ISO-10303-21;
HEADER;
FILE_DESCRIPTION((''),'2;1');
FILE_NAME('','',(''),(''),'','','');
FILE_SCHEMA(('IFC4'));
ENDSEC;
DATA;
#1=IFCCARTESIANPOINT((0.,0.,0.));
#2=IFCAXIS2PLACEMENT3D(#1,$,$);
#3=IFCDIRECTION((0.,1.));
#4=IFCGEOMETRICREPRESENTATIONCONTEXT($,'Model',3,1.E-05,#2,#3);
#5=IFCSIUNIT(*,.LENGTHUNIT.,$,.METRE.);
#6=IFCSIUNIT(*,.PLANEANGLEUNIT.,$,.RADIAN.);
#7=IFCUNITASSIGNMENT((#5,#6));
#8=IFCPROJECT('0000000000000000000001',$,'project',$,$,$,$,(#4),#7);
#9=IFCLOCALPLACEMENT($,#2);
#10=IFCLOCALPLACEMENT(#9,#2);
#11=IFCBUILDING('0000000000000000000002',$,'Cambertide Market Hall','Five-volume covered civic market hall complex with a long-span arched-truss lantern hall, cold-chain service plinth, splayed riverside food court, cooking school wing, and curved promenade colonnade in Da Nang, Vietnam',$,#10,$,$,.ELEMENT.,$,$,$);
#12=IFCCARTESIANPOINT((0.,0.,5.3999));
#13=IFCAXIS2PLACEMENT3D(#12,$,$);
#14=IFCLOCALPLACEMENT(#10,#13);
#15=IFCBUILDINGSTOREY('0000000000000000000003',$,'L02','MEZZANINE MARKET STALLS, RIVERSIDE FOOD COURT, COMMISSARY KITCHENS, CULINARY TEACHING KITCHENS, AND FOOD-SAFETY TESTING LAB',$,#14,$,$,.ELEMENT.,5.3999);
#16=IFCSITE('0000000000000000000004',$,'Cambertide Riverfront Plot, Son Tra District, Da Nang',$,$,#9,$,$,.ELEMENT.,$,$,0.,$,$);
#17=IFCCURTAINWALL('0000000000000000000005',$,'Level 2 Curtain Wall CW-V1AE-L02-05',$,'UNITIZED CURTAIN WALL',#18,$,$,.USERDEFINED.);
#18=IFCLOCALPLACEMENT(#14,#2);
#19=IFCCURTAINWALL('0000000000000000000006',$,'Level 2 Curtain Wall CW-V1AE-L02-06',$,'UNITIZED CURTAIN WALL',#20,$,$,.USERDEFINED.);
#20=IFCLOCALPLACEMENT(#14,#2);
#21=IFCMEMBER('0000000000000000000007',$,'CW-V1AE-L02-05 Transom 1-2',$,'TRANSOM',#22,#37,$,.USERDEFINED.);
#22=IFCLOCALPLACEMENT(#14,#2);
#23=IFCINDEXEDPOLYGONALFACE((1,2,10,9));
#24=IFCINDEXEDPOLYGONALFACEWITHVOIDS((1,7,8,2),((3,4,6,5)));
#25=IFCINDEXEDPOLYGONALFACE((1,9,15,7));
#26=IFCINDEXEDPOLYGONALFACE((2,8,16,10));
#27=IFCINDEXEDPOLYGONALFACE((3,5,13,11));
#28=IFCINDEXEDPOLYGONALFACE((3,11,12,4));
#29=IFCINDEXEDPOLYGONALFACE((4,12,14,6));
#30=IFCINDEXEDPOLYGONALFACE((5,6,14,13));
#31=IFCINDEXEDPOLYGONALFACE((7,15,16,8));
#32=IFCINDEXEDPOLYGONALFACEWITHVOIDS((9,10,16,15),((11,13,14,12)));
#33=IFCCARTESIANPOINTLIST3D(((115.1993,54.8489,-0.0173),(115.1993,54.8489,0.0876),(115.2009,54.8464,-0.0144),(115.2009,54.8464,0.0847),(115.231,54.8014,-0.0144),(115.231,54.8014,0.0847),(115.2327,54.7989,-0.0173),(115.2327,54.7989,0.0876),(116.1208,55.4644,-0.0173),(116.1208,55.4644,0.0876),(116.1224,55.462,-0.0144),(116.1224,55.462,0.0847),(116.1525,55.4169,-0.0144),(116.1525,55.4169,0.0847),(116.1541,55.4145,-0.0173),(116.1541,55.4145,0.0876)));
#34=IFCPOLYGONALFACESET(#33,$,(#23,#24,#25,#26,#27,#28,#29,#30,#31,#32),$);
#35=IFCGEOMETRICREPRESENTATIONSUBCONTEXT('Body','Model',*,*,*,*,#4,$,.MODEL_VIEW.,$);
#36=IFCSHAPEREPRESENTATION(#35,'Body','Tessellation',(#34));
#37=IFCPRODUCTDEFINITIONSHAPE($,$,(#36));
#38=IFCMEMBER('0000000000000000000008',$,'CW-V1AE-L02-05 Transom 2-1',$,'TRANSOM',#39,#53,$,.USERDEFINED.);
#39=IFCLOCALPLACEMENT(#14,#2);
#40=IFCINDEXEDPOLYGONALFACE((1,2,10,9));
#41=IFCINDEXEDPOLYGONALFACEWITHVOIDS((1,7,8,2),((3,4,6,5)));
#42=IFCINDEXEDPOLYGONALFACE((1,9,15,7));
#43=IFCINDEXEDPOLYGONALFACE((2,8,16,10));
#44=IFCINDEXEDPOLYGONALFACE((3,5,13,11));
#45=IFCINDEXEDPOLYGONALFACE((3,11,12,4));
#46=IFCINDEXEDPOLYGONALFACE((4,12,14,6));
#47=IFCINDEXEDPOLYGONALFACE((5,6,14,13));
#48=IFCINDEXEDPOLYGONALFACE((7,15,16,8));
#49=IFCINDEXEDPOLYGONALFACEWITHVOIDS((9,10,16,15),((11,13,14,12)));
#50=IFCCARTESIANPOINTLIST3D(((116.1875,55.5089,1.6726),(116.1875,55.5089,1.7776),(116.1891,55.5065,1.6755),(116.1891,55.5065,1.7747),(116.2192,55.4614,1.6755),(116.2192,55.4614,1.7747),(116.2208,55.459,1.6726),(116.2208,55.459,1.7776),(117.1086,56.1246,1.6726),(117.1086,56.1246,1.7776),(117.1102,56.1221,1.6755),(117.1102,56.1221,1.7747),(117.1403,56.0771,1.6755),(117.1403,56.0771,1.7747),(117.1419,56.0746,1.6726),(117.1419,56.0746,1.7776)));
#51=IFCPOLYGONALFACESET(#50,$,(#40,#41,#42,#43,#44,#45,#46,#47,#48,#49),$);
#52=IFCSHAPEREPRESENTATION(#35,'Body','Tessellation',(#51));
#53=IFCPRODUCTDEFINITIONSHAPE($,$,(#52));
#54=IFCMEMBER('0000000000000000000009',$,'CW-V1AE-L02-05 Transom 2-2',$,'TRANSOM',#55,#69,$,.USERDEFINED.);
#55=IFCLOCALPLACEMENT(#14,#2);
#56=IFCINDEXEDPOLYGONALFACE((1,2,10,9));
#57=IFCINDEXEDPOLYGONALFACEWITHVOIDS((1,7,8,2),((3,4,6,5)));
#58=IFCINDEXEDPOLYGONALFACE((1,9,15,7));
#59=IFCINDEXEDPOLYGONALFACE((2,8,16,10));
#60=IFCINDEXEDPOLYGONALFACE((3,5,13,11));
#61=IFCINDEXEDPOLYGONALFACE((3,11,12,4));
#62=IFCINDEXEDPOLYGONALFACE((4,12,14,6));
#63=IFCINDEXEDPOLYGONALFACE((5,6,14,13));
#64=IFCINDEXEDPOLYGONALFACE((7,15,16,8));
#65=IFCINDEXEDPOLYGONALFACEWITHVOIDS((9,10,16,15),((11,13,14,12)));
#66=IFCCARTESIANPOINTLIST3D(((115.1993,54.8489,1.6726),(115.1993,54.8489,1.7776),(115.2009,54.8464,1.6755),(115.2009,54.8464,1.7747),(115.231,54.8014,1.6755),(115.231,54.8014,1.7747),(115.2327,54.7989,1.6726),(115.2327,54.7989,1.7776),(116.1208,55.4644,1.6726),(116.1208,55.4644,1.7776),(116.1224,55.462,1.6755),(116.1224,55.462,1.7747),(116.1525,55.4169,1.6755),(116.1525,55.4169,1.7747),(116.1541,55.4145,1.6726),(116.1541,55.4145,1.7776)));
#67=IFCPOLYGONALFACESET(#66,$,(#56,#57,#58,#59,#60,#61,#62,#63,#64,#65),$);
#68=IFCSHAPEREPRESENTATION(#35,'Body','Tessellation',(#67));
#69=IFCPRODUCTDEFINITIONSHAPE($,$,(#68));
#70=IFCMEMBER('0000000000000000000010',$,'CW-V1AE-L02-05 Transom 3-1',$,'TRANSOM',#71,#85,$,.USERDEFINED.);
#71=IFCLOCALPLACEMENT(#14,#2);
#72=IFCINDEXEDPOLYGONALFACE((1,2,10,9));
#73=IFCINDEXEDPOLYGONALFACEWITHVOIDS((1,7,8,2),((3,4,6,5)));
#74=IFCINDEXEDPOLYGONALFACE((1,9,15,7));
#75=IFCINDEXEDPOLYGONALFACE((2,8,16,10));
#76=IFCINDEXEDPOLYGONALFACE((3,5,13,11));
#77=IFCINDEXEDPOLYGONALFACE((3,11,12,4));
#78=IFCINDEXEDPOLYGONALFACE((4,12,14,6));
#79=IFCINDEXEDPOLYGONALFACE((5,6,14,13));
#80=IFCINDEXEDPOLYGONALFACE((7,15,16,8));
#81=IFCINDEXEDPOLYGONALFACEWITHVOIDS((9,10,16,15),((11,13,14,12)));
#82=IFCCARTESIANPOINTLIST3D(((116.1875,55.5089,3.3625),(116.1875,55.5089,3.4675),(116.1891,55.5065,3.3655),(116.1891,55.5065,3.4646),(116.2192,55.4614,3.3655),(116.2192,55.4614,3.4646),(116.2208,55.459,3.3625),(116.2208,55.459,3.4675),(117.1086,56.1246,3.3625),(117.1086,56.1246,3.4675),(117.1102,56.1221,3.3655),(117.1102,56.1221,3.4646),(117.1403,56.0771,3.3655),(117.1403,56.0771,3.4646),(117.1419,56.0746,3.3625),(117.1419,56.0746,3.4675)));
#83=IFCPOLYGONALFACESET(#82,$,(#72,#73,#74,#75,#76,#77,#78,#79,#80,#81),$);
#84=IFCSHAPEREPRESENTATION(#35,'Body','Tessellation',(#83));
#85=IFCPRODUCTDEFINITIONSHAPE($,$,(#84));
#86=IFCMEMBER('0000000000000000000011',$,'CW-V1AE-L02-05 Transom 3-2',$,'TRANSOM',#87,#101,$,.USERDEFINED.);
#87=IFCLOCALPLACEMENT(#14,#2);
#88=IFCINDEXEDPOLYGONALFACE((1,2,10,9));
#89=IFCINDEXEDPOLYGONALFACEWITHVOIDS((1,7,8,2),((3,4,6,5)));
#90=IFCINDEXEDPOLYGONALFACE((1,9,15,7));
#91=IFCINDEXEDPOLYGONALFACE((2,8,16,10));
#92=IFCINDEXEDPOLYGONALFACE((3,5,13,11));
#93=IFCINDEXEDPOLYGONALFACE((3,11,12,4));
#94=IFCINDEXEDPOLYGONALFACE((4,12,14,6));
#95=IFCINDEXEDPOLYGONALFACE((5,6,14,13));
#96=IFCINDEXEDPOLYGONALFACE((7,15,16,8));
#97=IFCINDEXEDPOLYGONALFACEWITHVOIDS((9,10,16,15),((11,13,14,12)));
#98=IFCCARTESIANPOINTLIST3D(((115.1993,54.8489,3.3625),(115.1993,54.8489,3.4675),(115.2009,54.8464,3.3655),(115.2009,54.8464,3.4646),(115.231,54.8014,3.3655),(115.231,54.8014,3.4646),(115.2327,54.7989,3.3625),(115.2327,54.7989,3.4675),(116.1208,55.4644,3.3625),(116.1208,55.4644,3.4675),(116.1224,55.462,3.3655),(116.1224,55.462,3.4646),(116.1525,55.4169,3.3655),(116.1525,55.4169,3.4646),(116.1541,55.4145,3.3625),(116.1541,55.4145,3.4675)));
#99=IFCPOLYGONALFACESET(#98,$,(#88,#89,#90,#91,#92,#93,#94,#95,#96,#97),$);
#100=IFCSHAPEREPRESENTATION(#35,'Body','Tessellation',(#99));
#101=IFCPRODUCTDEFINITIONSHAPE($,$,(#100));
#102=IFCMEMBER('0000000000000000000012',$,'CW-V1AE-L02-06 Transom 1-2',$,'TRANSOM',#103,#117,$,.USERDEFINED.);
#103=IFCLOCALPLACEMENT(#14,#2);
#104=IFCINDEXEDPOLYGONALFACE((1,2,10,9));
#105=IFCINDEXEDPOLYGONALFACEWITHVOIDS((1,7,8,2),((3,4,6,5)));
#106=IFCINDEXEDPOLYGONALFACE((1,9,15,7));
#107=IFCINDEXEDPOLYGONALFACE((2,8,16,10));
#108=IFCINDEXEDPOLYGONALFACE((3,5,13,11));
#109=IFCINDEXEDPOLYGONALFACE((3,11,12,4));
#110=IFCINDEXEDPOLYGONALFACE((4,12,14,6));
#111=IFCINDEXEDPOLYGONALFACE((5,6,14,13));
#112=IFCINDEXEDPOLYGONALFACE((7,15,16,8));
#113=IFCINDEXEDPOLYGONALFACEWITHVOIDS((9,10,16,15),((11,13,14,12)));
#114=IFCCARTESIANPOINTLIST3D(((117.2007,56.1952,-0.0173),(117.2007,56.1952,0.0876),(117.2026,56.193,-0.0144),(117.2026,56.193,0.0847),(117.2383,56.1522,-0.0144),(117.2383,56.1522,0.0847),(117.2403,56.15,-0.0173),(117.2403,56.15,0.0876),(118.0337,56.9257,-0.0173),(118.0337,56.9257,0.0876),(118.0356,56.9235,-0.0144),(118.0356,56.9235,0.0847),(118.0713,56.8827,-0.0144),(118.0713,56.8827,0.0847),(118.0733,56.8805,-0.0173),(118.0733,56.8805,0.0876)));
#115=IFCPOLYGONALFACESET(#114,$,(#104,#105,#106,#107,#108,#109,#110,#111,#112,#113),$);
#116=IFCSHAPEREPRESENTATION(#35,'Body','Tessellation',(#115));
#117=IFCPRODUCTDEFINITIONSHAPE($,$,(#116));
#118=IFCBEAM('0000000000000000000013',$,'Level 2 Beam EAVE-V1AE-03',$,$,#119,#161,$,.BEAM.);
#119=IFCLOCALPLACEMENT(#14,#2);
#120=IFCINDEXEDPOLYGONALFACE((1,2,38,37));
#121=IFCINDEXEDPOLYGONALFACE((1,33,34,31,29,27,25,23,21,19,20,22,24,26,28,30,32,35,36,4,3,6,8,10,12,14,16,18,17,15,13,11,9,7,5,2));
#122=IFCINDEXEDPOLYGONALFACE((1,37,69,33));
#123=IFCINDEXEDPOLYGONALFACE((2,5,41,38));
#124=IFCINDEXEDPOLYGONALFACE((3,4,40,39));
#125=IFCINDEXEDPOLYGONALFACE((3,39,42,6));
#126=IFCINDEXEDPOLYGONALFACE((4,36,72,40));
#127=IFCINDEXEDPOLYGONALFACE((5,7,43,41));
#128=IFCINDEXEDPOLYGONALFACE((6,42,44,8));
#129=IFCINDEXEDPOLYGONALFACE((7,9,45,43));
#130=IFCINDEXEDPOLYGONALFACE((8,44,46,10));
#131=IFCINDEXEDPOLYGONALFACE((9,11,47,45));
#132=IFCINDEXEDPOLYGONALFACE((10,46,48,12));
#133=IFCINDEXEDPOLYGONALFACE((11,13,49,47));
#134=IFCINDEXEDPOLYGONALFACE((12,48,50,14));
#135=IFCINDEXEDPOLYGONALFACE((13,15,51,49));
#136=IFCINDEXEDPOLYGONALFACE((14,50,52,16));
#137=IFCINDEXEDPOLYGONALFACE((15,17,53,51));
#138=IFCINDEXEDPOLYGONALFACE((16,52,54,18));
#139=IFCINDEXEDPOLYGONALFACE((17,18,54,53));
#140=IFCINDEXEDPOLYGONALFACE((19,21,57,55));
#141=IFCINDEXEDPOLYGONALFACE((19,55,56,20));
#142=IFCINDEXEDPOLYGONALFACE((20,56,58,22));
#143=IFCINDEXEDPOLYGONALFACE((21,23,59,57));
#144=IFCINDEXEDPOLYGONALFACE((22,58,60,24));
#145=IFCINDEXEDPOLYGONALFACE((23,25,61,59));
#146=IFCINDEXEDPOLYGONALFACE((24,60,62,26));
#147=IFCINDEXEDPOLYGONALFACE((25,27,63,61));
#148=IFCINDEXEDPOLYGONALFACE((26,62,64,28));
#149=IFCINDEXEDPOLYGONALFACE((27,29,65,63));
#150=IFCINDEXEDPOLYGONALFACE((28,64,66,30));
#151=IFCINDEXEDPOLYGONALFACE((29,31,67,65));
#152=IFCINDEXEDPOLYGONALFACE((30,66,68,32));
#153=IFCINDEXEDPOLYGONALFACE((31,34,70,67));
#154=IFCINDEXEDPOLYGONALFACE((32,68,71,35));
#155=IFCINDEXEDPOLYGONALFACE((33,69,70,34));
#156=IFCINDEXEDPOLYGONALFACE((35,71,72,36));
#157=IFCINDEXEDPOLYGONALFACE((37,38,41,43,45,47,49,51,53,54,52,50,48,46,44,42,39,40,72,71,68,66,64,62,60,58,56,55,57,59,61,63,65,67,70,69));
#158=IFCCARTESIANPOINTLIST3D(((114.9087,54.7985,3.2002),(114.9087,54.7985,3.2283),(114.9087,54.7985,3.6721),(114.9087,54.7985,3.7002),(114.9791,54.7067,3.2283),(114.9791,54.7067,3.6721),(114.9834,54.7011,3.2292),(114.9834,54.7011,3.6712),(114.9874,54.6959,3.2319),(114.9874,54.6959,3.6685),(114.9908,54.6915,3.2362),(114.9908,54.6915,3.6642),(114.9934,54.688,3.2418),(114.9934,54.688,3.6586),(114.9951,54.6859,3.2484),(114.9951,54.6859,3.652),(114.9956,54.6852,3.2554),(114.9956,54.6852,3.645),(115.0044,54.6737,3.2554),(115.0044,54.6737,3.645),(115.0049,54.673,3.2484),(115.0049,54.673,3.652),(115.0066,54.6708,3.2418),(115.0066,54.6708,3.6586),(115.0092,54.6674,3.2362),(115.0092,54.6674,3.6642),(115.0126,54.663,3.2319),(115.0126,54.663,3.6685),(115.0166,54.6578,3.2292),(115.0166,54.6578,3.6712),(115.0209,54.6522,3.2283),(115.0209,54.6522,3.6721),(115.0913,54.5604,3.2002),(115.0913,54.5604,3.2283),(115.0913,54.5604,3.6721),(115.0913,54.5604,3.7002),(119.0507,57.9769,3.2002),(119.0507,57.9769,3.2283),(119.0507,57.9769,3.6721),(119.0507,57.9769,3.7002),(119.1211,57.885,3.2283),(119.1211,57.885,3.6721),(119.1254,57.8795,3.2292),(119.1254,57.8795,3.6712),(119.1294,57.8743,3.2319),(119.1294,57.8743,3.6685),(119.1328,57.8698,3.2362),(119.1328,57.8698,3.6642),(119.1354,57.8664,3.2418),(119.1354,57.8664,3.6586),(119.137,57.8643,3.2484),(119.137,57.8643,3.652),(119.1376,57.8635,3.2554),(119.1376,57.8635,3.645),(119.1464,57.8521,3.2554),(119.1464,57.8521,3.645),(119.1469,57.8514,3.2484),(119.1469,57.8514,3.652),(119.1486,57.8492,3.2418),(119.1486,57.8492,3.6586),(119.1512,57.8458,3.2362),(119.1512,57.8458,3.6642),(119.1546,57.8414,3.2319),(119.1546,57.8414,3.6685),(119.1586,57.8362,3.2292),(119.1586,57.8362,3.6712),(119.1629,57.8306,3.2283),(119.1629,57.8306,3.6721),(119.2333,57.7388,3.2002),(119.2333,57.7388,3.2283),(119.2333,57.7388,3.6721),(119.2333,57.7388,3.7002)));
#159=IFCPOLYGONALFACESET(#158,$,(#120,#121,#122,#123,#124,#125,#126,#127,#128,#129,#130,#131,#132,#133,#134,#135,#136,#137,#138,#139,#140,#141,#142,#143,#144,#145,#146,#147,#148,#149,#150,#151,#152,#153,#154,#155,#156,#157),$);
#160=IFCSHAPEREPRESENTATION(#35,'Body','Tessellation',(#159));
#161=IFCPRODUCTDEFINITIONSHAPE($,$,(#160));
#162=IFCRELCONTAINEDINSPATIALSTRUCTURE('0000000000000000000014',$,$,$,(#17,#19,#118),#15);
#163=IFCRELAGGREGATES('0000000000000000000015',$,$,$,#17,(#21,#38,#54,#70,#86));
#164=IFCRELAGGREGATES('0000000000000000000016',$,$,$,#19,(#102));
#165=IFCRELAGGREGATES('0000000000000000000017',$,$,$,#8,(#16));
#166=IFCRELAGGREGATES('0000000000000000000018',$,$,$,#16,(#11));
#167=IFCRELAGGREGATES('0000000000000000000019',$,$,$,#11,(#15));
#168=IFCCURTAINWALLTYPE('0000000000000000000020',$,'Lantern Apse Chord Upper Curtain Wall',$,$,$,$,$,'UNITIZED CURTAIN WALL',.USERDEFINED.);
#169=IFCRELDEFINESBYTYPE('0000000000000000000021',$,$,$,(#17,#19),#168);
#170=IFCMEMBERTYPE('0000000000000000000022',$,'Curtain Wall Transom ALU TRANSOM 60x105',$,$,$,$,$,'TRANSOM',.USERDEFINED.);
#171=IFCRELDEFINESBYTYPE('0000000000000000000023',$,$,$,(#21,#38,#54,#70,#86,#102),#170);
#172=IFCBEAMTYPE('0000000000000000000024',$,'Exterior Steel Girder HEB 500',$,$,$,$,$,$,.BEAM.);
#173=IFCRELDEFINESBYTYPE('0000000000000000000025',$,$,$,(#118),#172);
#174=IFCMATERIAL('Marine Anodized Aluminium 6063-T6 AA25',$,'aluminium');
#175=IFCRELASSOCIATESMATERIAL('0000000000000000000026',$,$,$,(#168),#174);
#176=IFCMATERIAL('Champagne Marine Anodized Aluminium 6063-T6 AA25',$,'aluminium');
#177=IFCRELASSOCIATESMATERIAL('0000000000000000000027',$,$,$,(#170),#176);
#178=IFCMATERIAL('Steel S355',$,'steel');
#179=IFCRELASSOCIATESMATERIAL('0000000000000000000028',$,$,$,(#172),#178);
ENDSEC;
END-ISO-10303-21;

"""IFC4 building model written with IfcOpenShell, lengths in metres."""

from ifc_helpers import new_model, si_unit, direction, frame, origin, origin_2d, place, context, subcontext, project, spatial, hollow_rectangle, i_section, extrude, material, material_profile, profile_set, type_object, element, aggregate, save


model = new_model("IFC4")

# Units and contexts
model_context = context("Model", 3, precision=1e-05, world=origin(), true_north=direction((0.0, 1.0)))
body_context = subcontext(model_context, "Body", "Model", "MODEL_VIEW")
ifc_project = project(units=[si_unit("LENGTHUNIT", "METRE"), si_unit("PLANEANGLEUNIT", "RADIAN")], contexts=[model_context])

# Site, building, storey
site_placement = place(None, origin())
site = spatial("IfcSite", under=ifc_project, at=site_placement, Name="Cambertide Riverfront Plot, Son Tra District, Da Nang", CompositionType="ELEMENT", RefElevation=0.0)
building_placement = place(site_placement, origin())
building = spatial("IfcBuilding", under=site, at=building_placement, Name="Cambertide Market Hall", Description="Five-volume covered civic market hall complex with a long-span arched-truss lantern hall, cold-chain service plinth, splayed riverside food court, cooking school wing, and curved promenade colonnade in Da Nang, Vietnam", CompositionType="ELEMENT")
storey_placement = place(building_placement, frame((0.0, 0.0, 5.3999)))
storey = spatial("IfcBuildingStorey", under=building, at=storey_placement, Name="L02", Description="MEZZANINE MARKET STALLS, RIVERSIDE FOOD COURT, COMMISSARY KITCHENS, CULINARY TEACHING KITCHENS, AND FOOD-SAFETY TESTING LAB", CompositionType="ELEMENT", Elevation=5.3999)

# Shared definitions
ifc_material_1 = material(Name="Marine Anodized Aluminium 6063-T6 AA25", Category="aluminium")
curtain_wall_type = type_object("IfcCurtainWallType", Name="Lantern Apse Chord Upper Curtain Wall", ElementType="UNITIZED CURTAIN WALL", PredefinedType="USERDEFINED", material=ifc_material_1)

# Curtain wall
curtain_wall_1_placement = place(storey_placement, origin())
curtain_wall_1 = element("IfcCurtainWall", 1, at=curtain_wall_1_placement, inside=storey, type_object=curtain_wall_type, Name="Level 2 Curtain Wall CW-V1AE-L02-05", ObjectType="UNITIZED CURTAIN WALL", PredefinedType="USERDEFINED")

# Curtain wall
curtain_wall_2_placement = place(storey_placement, origin())
curtain_wall_2 = element("IfcCurtainWall", 2, at=curtain_wall_2_placement, inside=storey, type_object=curtain_wall_type, Name="Level 2 Curtain Wall CW-V1AE-L02-06", ObjectType="UNITIZED CURTAIN WALL", PredefinedType="USERDEFINED")

# Members
ifc_material_2 = material(Name="Champagne Marine Anodized Aluminium 6063-T6 AA25", Category="aluminium")
ifc_material_profile_1 = material_profile(ifc_material_2, hollow_rectangle(XDim=0.0601, YDim=0.105, WallThickness=0.0029, at=origin_2d()), Name="ALU TRANSOM 60x105")
ifc_profile_set_1 = profile_set([ifc_material_profile_1], Name="Champagne Marine Anodized Aluminium 6063-T6 AA25")
member_type_1 = type_object("IfcMemberType", Name="Curtain Wall Transom ALU TRANSOM 60x105", ElementType="TRANSOM", PredefinedType="USERDEFINED", material=ifc_profile_set_1)
member_1_placement = place(storey_placement, frame((116.1375, 55.4395, 0.0352), z_axis=(-0.831541, -0.555463, 0.0), x_axis=(0.555463, -0.831541, 0.0)))
member_1 = element("IfcMember", 3, at=member_1_placement, type_object=member_type_1, Name="CW-V1AE-L02-05 Transom 1-2", ObjectType="TRANSOM", PredefinedType="USERDEFINED", context=body_context, shape_type="SweptSolid", body=[
    extrude(hollow_rectangle(XDim=0.0601, YDim=0.105, WallThickness=0.0029, at=origin_2d()), origin(), (0.0, 0.0, 1.0), 1.1082),
])
member_2_placement = place(storey_placement, frame((117.1252, 56.0996, 1.7251), z_axis=(-0.831372, -0.555717, 0.0), x_axis=(0.555717, -0.831372, 0.0)))
member_2 = element("IfcMember", 4, at=member_2_placement, type_object=member_type_1, Name="CW-V1AE-L02-05 Transom 2-1", ObjectType="TRANSOM", PredefinedType="USERDEFINED", context=body_context, shape_type="SweptSolid", body=[
    extrude(hollow_rectangle(XDim=0.0601, YDim=0.105, WallThickness=0.0029, at=origin_2d()), origin(), (0.0, 0.0, 1.0), 1.1079),
])
member_3_placement = place(storey_placement, frame((116.1375, 55.4395, 1.7251), z_axis=(-0.831541, -0.555463, 0.0), x_axis=(0.555463, -0.831541, 0.0)))
member_3 = element("IfcMember", 5, at=member_3_placement, type_object=member_type_1, Name="CW-V1AE-L02-05 Transom 2-2", ObjectType="TRANSOM", PredefinedType="USERDEFINED", context=body_context, shape_type="SweptSolid", body=[
    extrude(hollow_rectangle(XDim=0.0601, YDim=0.105, WallThickness=0.0029, at=origin_2d()), origin(), (0.0, 0.0, 1.0), 1.1082),
])
member_4_placement = place(storey_placement, frame((117.1252, 56.0996, 3.415), z_axis=(-0.831372, -0.555717, 0.0), x_axis=(0.555717, -0.831372, 0.0)))
member_4 = element("IfcMember", 6, at=member_4_placement, type_object=member_type_1, Name="CW-V1AE-L02-05 Transom 3-1", ObjectType="TRANSOM", PredefinedType="USERDEFINED", context=body_context, shape_type="SweptSolid", body=[
    extrude(hollow_rectangle(XDim=0.0601, YDim=0.105, WallThickness=0.0029, at=origin_2d()), origin(), (0.0, 0.0, 1.0), 1.1079),
])
member_5_placement = place(storey_placement, frame((116.1375, 55.4395, 3.415), z_axis=(-0.831541, -0.555463, 0.0), x_axis=(0.555463, -0.831541, 0.0)))
member_5 = element("IfcMember", 7, at=member_5_placement, type_object=member_type_1, Name="CW-V1AE-L02-05 Transom 3-2", ObjectType="TRANSOM", PredefinedType="USERDEFINED", context=body_context, shape_type="SweptSolid", body=[
    extrude(hollow_rectangle(XDim=0.0601, YDim=0.105, WallThickness=0.0029, at=origin_2d()), origin(), (0.0, 0.0, 1.0), 1.1082),
])
member_6_placement = place(storey_placement, frame((118.0535, 56.9031, 0.0352), z_axis=(-0.751866, -0.659315, 0.0), x_axis=(0.659315, -0.751866, 0.0)))
member_6 = element("IfcMember", 8, at=member_6_placement, type_object=member_type_1, Name="CW-V1AE-L02-06 Transom 1-2", ObjectType="TRANSOM", PredefinedType="USERDEFINED", context=body_context, shape_type="SweptSolid", body=[
    extrude(hollow_rectangle(XDim=0.0601, YDim=0.105, WallThickness=0.0029, at=origin_2d()), origin(), (0.0, 0.0, 1.0), 1.1079),
])

# Beam
ifc_material_3 = material(Name="Steel S355", Category="steel")
ifc_material_profile_2 = material_profile(ifc_material_3, i_section(OverallWidth=0.3, OverallDepth=0.5, WebThickness=0.0144, FlangeThickness=0.0281, FilletRadius=0.0271, at=origin_2d()), Name="HEB 500")
ifc_profile_set_2 = profile_set([ifc_material_profile_2], Name="Steel S355")
beam_type_1 = type_object("IfcBeamType", Name="Exterior Steel Girder HEB 500", PredefinedType="BEAM", material=ifc_profile_set_2)
beam_1_placement = place(storey_placement, frame((115.0, 54.6794, 3.4502), z_axis=(0.793341, 0.608777, 0.0), x_axis=(-0.608777, 0.793341, 0.0)))
element("IfcBeam", 9, at=beam_1_placement, inside=storey, type_object=beam_type_1, Name="Level 2 Beam EAVE-V1AE-03", PredefinedType="BEAM", context=body_context, shape_type="SweptSolid", body=[
    extrude(i_section(OverallWidth=0.3, OverallDepth=0.5, WebThickness=0.0144, FlangeThickness=0.0281, FilletRadius=0.0271, at=origin_2d()), origin(), (0.0, 0.0, 1.0), 5.2209),
])

aggregate(curtain_wall_1, [member_1, member_2, member_3, member_4, member_5])
aggregate(curtain_wall_2, [member_6])

save(model, "model.ifc")
